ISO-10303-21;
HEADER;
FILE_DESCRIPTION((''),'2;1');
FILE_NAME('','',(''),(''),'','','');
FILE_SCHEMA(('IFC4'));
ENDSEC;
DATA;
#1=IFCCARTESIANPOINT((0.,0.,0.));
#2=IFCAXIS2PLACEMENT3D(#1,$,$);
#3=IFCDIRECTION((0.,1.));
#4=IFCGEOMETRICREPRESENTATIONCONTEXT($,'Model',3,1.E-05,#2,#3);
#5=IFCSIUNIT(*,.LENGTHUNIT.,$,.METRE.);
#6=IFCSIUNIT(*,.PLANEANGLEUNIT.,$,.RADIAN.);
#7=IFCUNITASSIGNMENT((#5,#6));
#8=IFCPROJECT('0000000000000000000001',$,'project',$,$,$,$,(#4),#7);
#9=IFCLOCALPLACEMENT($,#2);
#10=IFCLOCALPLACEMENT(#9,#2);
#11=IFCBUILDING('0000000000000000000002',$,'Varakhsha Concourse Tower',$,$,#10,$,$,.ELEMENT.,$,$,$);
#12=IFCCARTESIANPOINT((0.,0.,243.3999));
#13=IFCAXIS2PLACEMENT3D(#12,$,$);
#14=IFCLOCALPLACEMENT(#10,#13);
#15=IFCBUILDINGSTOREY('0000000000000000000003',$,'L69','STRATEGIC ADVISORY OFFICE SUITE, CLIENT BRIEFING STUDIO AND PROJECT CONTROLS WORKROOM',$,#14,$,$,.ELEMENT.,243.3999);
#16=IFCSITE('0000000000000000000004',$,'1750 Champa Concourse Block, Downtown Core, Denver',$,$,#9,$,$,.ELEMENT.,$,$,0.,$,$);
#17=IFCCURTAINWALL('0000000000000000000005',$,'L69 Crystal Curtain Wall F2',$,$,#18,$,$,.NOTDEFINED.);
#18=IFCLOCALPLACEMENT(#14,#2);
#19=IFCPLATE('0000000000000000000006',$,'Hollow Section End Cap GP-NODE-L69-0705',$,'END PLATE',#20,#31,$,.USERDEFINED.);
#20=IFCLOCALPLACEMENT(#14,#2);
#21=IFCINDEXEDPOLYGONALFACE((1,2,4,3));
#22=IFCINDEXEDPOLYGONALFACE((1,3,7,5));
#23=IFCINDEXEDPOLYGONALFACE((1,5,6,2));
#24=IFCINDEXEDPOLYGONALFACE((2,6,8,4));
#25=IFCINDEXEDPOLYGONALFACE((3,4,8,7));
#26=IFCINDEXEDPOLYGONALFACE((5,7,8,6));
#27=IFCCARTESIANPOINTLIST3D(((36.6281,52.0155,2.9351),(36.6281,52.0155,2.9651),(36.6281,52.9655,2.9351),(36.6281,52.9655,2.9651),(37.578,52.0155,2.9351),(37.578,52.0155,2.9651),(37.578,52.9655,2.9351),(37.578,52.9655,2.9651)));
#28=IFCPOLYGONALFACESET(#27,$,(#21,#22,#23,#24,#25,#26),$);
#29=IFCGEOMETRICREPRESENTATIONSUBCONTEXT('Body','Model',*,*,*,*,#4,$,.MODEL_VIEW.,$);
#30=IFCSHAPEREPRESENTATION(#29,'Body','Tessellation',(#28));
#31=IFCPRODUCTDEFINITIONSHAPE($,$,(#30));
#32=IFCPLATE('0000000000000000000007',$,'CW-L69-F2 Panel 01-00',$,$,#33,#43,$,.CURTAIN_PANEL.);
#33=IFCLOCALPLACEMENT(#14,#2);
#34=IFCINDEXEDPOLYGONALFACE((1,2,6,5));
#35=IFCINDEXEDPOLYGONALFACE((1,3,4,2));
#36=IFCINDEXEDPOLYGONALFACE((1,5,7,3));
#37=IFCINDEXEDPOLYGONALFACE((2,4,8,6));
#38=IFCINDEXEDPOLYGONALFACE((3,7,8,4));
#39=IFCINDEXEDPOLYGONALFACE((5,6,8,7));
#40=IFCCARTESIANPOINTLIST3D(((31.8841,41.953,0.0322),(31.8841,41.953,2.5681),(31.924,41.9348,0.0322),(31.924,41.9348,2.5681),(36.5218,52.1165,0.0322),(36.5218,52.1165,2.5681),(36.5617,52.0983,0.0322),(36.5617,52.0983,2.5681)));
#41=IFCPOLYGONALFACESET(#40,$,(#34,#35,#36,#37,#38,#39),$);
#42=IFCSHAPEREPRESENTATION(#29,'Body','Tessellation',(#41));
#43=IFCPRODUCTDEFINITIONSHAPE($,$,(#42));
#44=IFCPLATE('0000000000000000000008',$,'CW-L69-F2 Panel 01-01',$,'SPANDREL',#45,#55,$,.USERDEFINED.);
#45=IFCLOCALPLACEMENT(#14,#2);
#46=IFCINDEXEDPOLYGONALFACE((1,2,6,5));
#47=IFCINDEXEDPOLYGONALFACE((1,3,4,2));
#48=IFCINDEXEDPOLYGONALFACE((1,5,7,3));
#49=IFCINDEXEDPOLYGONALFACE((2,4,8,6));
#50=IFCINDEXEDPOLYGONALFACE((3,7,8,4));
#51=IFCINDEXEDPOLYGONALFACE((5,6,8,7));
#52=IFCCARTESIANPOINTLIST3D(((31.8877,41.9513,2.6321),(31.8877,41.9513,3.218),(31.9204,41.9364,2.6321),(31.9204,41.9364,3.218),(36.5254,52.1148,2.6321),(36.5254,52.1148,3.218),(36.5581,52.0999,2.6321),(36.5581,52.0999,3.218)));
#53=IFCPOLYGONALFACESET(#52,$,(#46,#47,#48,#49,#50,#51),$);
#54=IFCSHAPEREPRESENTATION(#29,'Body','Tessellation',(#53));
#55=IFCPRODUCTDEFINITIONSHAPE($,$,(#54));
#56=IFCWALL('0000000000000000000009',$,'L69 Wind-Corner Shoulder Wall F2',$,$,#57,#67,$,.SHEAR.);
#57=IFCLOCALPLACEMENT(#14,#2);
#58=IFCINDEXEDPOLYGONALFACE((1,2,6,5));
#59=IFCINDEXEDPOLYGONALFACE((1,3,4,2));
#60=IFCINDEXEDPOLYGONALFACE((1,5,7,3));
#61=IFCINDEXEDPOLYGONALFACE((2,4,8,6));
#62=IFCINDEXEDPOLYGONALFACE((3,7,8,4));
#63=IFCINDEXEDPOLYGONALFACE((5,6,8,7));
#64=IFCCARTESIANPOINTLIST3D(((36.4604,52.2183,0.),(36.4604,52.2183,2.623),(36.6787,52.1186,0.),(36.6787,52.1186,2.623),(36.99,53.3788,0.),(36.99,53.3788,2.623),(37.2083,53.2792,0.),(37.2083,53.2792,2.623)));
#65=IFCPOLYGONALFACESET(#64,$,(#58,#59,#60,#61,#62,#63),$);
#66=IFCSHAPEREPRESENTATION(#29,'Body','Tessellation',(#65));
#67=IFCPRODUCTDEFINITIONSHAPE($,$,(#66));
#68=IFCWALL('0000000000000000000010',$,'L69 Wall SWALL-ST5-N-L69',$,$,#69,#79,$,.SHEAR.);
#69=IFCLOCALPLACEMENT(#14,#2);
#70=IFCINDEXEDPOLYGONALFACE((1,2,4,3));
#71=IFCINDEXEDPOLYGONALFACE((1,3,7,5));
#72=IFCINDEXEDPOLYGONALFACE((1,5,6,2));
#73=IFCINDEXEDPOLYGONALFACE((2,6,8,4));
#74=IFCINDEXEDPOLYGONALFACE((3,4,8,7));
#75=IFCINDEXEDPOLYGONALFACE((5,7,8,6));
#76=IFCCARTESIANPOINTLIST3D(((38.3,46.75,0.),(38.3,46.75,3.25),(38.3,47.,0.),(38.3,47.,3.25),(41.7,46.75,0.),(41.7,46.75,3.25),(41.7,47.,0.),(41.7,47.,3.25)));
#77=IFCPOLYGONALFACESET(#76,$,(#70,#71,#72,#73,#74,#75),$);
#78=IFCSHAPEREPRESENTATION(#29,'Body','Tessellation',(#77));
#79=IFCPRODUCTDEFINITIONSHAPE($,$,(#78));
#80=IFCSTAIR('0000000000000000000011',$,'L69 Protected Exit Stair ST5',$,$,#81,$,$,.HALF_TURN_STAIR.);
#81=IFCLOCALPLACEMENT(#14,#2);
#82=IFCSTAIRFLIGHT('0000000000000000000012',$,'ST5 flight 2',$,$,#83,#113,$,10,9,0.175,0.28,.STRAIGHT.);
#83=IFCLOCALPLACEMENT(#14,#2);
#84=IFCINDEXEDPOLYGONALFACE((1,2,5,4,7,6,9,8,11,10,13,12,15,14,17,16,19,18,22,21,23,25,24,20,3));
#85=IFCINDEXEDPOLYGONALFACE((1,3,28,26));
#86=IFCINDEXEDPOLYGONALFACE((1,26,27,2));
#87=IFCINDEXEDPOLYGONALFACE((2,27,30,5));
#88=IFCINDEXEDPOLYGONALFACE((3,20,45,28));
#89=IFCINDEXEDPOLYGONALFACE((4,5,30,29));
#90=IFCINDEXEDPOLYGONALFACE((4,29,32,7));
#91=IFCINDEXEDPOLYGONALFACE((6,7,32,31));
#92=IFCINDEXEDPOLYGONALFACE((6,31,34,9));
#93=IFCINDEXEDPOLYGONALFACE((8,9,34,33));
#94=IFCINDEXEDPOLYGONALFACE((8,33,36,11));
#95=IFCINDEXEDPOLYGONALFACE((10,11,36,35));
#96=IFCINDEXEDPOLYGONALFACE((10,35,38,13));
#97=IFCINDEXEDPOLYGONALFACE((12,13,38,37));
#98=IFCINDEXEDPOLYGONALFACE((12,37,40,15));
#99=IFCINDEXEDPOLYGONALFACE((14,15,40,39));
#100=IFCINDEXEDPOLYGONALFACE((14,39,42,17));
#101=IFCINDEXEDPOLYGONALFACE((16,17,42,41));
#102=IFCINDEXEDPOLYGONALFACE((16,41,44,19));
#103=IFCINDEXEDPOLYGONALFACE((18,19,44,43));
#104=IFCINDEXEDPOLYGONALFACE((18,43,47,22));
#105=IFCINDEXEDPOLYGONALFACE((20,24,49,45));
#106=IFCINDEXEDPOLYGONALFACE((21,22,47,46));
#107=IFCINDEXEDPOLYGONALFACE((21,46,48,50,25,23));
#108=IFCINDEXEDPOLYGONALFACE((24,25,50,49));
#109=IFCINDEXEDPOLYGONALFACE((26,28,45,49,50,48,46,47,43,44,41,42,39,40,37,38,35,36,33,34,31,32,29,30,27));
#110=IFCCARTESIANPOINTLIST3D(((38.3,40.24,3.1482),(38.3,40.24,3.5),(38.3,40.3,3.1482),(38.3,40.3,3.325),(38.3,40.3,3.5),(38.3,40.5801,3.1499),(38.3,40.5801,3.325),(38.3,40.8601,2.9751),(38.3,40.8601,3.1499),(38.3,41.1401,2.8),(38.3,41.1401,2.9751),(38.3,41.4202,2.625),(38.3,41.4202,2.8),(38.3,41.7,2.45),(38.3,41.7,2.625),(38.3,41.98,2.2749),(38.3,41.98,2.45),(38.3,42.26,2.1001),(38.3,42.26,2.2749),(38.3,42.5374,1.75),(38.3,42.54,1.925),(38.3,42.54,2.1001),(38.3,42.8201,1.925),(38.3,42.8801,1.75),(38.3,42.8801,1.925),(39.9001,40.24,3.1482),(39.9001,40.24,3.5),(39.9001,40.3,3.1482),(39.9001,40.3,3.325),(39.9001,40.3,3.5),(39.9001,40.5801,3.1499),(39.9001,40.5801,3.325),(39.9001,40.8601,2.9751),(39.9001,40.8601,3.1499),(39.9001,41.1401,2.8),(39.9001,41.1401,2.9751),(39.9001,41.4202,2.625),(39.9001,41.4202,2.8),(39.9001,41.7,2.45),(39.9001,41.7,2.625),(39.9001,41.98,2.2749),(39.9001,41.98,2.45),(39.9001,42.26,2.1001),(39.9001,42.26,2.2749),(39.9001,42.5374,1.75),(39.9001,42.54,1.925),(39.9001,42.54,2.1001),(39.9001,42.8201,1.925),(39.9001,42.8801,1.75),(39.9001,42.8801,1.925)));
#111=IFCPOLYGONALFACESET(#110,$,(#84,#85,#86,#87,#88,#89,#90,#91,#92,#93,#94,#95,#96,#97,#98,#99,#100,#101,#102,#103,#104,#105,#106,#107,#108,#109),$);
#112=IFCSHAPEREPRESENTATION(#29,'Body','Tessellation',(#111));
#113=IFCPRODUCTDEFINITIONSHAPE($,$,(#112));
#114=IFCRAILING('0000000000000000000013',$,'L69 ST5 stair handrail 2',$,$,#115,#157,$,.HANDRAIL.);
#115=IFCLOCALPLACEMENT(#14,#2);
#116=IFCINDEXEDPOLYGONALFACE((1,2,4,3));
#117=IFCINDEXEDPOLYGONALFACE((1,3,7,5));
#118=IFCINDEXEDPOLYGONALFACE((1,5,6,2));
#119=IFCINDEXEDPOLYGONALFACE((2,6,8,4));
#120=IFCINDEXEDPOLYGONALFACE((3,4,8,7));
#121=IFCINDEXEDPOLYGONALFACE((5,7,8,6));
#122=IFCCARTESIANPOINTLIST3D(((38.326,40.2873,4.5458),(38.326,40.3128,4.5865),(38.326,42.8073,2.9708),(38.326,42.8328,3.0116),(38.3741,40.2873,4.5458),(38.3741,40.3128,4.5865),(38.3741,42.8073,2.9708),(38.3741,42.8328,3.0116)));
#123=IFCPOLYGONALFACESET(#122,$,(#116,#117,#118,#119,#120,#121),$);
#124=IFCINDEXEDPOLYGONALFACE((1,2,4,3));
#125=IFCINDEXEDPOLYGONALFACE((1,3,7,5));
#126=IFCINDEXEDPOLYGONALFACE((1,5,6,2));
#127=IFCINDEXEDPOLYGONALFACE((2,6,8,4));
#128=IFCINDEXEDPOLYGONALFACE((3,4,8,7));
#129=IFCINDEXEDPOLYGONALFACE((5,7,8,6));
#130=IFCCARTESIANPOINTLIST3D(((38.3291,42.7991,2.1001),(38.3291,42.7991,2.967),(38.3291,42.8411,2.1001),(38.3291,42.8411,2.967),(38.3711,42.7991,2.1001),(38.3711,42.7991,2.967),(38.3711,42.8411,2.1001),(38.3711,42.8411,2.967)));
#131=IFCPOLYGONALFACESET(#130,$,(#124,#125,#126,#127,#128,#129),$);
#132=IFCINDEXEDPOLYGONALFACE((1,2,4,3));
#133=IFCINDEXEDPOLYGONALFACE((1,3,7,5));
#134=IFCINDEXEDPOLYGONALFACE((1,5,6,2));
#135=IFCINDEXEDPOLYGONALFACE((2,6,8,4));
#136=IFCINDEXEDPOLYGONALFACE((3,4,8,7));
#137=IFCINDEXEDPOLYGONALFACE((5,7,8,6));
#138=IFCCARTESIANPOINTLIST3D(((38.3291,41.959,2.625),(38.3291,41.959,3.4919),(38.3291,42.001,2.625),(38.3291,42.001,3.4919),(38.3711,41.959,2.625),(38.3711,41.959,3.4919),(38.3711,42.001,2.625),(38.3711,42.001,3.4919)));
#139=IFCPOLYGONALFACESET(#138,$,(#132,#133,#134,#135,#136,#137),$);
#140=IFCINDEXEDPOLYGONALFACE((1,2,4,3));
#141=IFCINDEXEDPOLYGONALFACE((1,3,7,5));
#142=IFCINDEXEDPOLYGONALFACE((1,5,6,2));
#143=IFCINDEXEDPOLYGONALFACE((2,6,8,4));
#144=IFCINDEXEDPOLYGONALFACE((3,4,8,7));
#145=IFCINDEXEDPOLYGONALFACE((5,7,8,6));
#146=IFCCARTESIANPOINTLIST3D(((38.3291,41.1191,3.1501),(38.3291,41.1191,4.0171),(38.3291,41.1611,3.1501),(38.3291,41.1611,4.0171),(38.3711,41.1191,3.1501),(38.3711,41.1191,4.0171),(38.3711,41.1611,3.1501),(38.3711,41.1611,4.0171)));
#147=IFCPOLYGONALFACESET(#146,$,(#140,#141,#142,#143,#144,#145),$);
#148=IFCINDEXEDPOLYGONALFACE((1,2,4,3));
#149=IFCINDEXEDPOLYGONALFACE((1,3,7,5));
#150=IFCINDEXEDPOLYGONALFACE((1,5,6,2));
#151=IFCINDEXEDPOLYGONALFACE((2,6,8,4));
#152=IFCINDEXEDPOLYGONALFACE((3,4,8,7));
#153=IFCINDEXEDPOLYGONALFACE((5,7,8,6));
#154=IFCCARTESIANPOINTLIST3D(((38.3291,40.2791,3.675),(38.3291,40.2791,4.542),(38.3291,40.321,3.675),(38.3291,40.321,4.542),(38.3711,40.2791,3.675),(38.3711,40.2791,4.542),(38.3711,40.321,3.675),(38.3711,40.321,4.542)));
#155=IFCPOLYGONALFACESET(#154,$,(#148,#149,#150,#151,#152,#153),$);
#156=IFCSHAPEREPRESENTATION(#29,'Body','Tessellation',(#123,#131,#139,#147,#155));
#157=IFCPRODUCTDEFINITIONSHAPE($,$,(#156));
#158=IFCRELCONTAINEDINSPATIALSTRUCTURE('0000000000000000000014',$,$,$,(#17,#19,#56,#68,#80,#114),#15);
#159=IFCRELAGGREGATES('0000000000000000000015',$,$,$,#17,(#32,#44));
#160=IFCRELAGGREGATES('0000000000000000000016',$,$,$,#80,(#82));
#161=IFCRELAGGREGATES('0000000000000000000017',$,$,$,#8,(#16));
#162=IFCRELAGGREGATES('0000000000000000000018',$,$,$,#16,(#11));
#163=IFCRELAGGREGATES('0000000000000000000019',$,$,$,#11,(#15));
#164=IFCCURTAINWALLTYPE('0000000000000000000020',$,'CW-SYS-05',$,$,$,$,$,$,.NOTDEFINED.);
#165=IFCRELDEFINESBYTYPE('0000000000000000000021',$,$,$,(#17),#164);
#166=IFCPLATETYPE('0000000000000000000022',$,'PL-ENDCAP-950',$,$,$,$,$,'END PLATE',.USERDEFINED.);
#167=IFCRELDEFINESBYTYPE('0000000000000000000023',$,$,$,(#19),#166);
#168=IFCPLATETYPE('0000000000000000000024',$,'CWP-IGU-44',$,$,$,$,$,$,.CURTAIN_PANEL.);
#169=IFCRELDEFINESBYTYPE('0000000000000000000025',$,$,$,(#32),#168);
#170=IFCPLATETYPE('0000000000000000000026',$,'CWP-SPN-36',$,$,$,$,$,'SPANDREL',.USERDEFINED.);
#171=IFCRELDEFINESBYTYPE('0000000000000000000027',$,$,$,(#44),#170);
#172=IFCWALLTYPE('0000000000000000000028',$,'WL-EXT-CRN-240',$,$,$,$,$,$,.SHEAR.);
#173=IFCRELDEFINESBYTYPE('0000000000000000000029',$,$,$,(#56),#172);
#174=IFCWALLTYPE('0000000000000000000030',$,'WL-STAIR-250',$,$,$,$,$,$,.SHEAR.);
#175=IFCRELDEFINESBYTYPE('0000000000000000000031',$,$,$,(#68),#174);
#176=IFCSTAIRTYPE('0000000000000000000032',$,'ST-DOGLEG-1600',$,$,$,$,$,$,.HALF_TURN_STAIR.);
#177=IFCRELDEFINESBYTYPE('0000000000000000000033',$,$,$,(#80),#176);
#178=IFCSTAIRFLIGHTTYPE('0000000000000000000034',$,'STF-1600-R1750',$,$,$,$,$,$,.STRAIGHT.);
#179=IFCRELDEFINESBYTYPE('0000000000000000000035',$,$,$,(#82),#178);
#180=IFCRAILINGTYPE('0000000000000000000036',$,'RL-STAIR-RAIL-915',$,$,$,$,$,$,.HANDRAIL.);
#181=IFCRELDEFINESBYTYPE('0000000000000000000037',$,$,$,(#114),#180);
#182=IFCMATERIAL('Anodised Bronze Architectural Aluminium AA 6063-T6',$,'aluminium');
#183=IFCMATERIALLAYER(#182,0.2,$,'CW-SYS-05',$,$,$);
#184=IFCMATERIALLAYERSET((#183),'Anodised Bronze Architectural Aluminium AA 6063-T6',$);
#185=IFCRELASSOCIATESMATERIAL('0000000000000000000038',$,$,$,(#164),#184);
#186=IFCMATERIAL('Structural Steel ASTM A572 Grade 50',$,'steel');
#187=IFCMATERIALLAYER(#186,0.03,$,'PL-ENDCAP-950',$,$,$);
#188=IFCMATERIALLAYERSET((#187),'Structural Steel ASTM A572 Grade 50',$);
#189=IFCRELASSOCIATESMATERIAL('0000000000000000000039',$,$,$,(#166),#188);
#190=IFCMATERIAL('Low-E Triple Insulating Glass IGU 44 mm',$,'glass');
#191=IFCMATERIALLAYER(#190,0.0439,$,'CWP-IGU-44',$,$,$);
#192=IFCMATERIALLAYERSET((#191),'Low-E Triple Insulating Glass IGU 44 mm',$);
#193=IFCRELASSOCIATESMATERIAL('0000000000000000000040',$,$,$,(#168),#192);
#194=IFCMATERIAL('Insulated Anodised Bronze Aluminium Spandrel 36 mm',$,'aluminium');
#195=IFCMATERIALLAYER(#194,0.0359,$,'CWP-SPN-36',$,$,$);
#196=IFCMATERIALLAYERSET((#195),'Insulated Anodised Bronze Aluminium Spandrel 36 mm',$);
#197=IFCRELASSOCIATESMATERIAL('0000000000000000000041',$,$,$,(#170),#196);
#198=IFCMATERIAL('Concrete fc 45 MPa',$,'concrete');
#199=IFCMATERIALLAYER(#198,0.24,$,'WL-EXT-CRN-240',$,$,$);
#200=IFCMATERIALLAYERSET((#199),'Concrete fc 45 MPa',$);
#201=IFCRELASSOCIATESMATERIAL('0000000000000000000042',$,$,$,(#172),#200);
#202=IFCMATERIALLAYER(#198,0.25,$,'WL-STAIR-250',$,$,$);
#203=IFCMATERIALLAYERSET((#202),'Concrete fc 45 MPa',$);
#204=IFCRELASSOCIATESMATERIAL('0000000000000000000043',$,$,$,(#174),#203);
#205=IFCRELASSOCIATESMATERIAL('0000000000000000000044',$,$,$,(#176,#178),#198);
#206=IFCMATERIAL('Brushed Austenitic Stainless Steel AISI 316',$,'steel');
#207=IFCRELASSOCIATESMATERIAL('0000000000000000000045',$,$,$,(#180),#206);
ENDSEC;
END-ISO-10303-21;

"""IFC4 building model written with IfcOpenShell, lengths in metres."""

from ifc_helpers import new_model, si_unit, direction, frame, frame_2d, origin, origin_2d, place, context, subcontext, project, spatial, polyline, rectangle, outline, extrude, source, transform, mapped, material, layer, layer_set, type_object, type_shapes, element, aggregate, save


model = new_model("IFC4")

# Units and contexts
model_context = context("Model", 3, precision=1e-05, world=origin(), true_north=direction((0.0, 1.0)))
body_context = subcontext(model_context, "Body", "Model", "MODEL_VIEW")
ifc_project = project(units=[si_unit("LENGTHUNIT", "METRE"), si_unit("PLANEANGLEUNIT", "RADIAN")], contexts=[model_context])

# Site, building, storey
site_placement = place(None, origin())
site = spatial("IfcSite", under=ifc_project, at=site_placement, Name="1750 Champa Concourse Block, Downtown Core, Denver", CompositionType="ELEMENT", RefElevation=0.0)
building_placement = place(site_placement, origin())
building = spatial("IfcBuilding", under=site, at=building_placement, Name="Varakhsha Concourse Tower", CompositionType="ELEMENT")
storey_placement = place(building_placement, frame((0.0, 0.0, 243.3999)))
storey = spatial("IfcBuildingStorey", under=building, at=storey_placement, Name="L69", Description="STRATEGIC ADVISORY OFFICE SUITE, CLIENT BRIEFING STUDIO AND PROJECT CONTROLS WORKROOM", CompositionType="ELEMENT", Elevation=243.3999)

# Shared definitions
ifc_material_1 = material(Name="Structural Steel ASTM A572 Grade 50", Category="steel")

# Shared definitions
ifc_material_2 = material(Name="Anodised Bronze Architectural Aluminium AA 6063-T6", Category="aluminium")
ifc_layer_1 = layer(ifc_material_2, 0.2, Name="CW-SYS-05")
ifc_layer_set_1 = layer_set([ifc_layer_1], Name="Anodised Bronze Architectural Aluminium AA 6063-T6")
curtain_wall_type = type_object("IfcCurtainWallType", Name="CW-SYS-05", PredefinedType="NOTDEFINED", material=ifc_layer_set_1)

# Curtain wall
curtain_wall_1_placement = place(storey_placement, origin())
curtain_wall_1 = element("IfcCurtainWall", 1, at=curtain_wall_1_placement, inside=storey, type_object=curtain_wall_type, Name="L69 Crystal Curtain Wall F2", PredefinedType="NOTDEFINED")

# Plates
ifc_layer_2 = layer(ifc_material_1, 0.03, Name="PL-ENDCAP-950")
ifc_layer_set_2 = layer_set([ifc_layer_2], Name="Structural Steel ASTM A572 Grade 50")
plate_type_1 = type_object("IfcPlateType", Name="PL-ENDCAP-950", ElementType="END PLATE", PredefinedType="USERDEFINED", material=ifc_layer_set_2)
shared_shape_1 = source(origin(), body_context, "Body", "SweptSolid", [
    extrude(rectangle(XDim=0.95, YDim=0.95, at=origin_2d()), origin(), (0.0, 0.0, 1.0), 0.03),
])
type_shapes(plate_type_1, [shared_shape_1])
plate_1_placement = place(storey_placement, frame((37.103, 52.4905, 2.9351), z_axis=(0.0, 0.0, 1.0), x_axis=(1.0, 0.0, 0.0)))
element("IfcPlate", 2, at=plate_1_placement, inside=storey, type_object=plate_type_1, Name="Hollow Section End Cap GP-NODE-L69-0705", ObjectType="END PLATE", PredefinedType="USERDEFINED", context=body_context, shape_type="MappedRepresentation", body=[
    mapped(shared_shape_1, transform((0.0, 0.0, 0.0), scale=1.0)),
])
ifc_material_3 = material(Name="Low-E Triple Insulating Glass IGU 44 mm", Category="glass")
ifc_layer_3 = layer(ifc_material_3, 0.0439, Name="CWP-IGU-44")
ifc_layer_set_3 = layer_set([ifc_layer_3], Name="Low-E Triple Insulating Glass IGU 44 mm")
plate_type_2 = type_object("IfcPlateType", Name="CWP-IGU-44", PredefinedType="CURTAIN_PANEL", material=ifc_layer_set_3)
shared_shape_2 = source(origin(), body_context, "Body", "SweptSolid", [
    extrude(rectangle(XDim=11.1716, YDim=0.0439, at=origin_2d()), origin(), (0.0, 0.0, 1.0), 2.5359),
])
type_shapes(plate_type_2, [shared_shape_2])
plate_2_placement = place(storey_placement, frame((34.2229, 47.0256, 0.0322), z_axis=(0.0, 0.0, 1.0), x_axis=(0.415133, 0.909761, 0.0)))
plate_2 = element("IfcPlate", 3, at=plate_2_placement, type_object=plate_type_2, Name="CW-L69-F2 Panel 01-00", PredefinedType="CURTAIN_PANEL", context=body_context, shape_type="MappedRepresentation", body=[
    mapped(shared_shape_2, transform((0.0, 0.0, 0.0), scale=1.0)),
])
ifc_material_4 = material(Name="Insulated Anodised Bronze Aluminium Spandrel 36 mm", Category="aluminium")
ifc_layer_4 = layer(ifc_material_4, 0.0359, Name="CWP-SPN-36")
ifc_layer_set_4 = layer_set([ifc_layer_4], Name="Insulated Anodised Bronze Aluminium Spandrel 36 mm")
plate_type_3 = type_object("IfcPlateType", Name="CWP-SPN-36", ElementType="SPANDREL", PredefinedType="USERDEFINED", material=ifc_layer_set_4)
shared_shape_3 = source(origin(), body_context, "Body", "SweptSolid", [
    extrude(rectangle(XDim=11.1716, YDim=0.0359, at=origin_2d()), origin(), (0.0, 0.0, 1.0), 0.5859),
])
type_shapes(plate_type_3, [shared_shape_3])
plate_3_placement = place(storey_placement, frame((34.2229, 47.0256, 2.6321), z_axis=(0.0, 0.0, 1.0), x_axis=(0.415133, 0.909761, 0.0)))
plate_3 = element("IfcPlate", 4, at=plate_3_placement, type_object=plate_type_3, Name="CW-L69-F2 Panel 01-01", ObjectType="SPANDREL", PredefinedType="USERDEFINED", context=body_context, shape_type="MappedRepresentation", body=[
    mapped(shared_shape_3, transform((0.0, 0.0, 0.0), scale=1.0)),
])
aggregate(curtain_wall_1, [plate_2, plate_3])

# Walls
ifc_material_5 = material(Name="Concrete fc 45 MPa", Category="concrete")
ifc_layer_5 = layer(ifc_material_5, 0.24, Name="WL-EXT-CRN-240")
ifc_layer_set_5 = layer_set([ifc_layer_5], Name="Concrete fc 45 MPa")
wall_type_1 = type_object("IfcWallType", Name="WL-EXT-CRN-240", PredefinedType="SHEAR", material=ifc_layer_set_5)
wall_1_placement = place(storey_placement, frame((37.0991, 53.3289, 0.0), z_axis=(0.0, 0.0, 1.0), x_axis=(-0.415158, -0.909749, 0.0)))
element("IfcWall", 5, at=wall_1_placement, inside=storey, type_object=wall_type_1, Name="L69 Wind-Corner Shoulder Wall F2", PredefinedType="SHEAR", context=body_context, shape_type="SweptSolid", body=[
    extrude(rectangle(XDim=1.2756, YDim=0.24, at=frame_2d((0.6377, 0.0))), origin(), (0.0, 0.0, 1.0), 2.623),
])
ifc_layer_6 = layer(ifc_material_5, 0.25, Name="WL-STAIR-250")
ifc_layer_set_6 = layer_set([ifc_layer_6], Name="Concrete fc 45 MPa")
wall_type_2 = type_object("IfcWallType", Name="WL-STAIR-250", PredefinedType="SHEAR", material=ifc_layer_set_6)
wall_2_placement = place(storey_placement, frame((38.3, 46.875, 0.0), z_axis=(0.0, 0.0, 1.0), x_axis=(1.0, 0.0, 0.0)))
element("IfcWall", 6, at=wall_2_placement, inside=storey, type_object=wall_type_2, Name="L69 Wall SWALL-ST5-N-L69", PredefinedType="SHEAR", context=body_context, shape_type="SweptSolid", body=[
    extrude(rectangle(XDim=3.3999, YDim=0.25, at=frame_2d((1.7, 0.0))), origin(), (0.0, 0.0, 1.0), 3.25),
])

# Stair, stair flight
stair_type = type_object("IfcStairType", Name="ST-DOGLEG-1600", PredefinedType="HALF_TURN_STAIR", material=ifc_material_5)
stair_placement = place(storey_placement, origin())
stair = element("IfcStair", 7, at=stair_placement, inside=storey, type_object=stair_type, Name="L69 Protected Exit Stair ST5", PredefinedType="HALF_TURN_STAIR")
stair_flight_type = type_object("IfcStairFlightType", Name="STF-1600-R1750", PredefinedType="STRAIGHT", material=ifc_material_5)
stair_flight_placement = place(storey_placement, frame((39.1001, 42.8201, 1.75), z_axis=(0.0, 0.0, 1.0), x_axis=(0.0, -1.0, 0.0)))
stair_flight = element("IfcStairFlight", 8, at=stair_flight_placement, type_object=stair_flight_type, Name="ST5 flight 2", NumberOfRisers=10, NumberOfTreads=9, PredefinedType="STRAIGHT", RiserHeight=0.175, TreadLength=0.28, context=body_context, shape_type="SweptSolid", body=[
    extrude(outline(polyline([(-0.0601, 0.0), (-0.0601, 0.175), (0.0, 0.175), (0.28, 0.175), (0.28, 0.3501), (0.5601, 0.3501), (0.5601, 0.5249), (0.8401, 0.5249), (0.8401, 0.7), (1.1201, 0.7), (1.1201, 0.875), (1.3999, 0.875), (1.3999, 1.05), (1.6799, 1.05), (1.6799, 1.2251), (1.96, 1.2251), (1.96, 1.3999), (2.24, 1.3999), (2.24, 1.575), (2.52, 1.575), (2.52, 1.75), (2.5801, 1.75), (2.5801, 1.3982), (2.52, 1.3982), (0.2827, 0.0), (-0.0601, 0.0)])), frame((0.0, 0.8, 0.0), z_axis=(0.0, -1.0, 0.0), x_axis=(1.0, 0.0, 0.0)), (0.0, 0.0, 1.0), 1.6001),
])
aggregate(stair, [stair_flight])

# Railing
ifc_material_6 = material(Name="Brushed Austenitic Stainless Steel AISI 316", Category="steel")
railing_type = type_object("IfcRailingType", Name="RL-STAIR-RAIL-915", PredefinedType="HANDRAIL", material=ifc_material_6)
railing_placement = place(storey_placement, frame((38.3501, 42.8201, 2.1001)))
element("IfcRailing", 9, at=railing_placement, inside=storey, type_object=railing_type, Name="L69 ST5 stair handrail 2", PredefinedType="HANDRAIL", context=body_context, shape_type="SweptSolid", body=[
    extrude(rectangle(XDim=0.0481, YDim=0.0481, at=origin_2d()), frame((0.0, 0.0, 0.8911), z_axis=(0.0, -0.848008, 0.529984), x_axis=(1.0, 0.0, 0.0)), (0.0, 0.0, 1.0), 2.9717),
    extrude(rectangle(XDim=0.042, YDim=0.042, at=origin_2d()), origin(), (0.0, 0.0, 1.0), 0.8669),
    extrude(rectangle(XDim=0.042, YDim=0.042, at=origin_2d()), frame((0.0, -0.8401, 0.5249)), (0.0, 0.0, 1.0), 0.8669),
    extrude(rectangle(XDim=0.042, YDim=0.042, at=origin_2d()), frame((0.0, -1.6799, 1.05)), (0.0, 0.0, 1.0), 0.8669),
    extrude(rectangle(XDim=0.042, YDim=0.042, at=origin_2d()), frame((0.0, -2.52, 1.575)), (0.0, 0.0, 1.0), 0.8669),
])

save(model, "model.ifc")
